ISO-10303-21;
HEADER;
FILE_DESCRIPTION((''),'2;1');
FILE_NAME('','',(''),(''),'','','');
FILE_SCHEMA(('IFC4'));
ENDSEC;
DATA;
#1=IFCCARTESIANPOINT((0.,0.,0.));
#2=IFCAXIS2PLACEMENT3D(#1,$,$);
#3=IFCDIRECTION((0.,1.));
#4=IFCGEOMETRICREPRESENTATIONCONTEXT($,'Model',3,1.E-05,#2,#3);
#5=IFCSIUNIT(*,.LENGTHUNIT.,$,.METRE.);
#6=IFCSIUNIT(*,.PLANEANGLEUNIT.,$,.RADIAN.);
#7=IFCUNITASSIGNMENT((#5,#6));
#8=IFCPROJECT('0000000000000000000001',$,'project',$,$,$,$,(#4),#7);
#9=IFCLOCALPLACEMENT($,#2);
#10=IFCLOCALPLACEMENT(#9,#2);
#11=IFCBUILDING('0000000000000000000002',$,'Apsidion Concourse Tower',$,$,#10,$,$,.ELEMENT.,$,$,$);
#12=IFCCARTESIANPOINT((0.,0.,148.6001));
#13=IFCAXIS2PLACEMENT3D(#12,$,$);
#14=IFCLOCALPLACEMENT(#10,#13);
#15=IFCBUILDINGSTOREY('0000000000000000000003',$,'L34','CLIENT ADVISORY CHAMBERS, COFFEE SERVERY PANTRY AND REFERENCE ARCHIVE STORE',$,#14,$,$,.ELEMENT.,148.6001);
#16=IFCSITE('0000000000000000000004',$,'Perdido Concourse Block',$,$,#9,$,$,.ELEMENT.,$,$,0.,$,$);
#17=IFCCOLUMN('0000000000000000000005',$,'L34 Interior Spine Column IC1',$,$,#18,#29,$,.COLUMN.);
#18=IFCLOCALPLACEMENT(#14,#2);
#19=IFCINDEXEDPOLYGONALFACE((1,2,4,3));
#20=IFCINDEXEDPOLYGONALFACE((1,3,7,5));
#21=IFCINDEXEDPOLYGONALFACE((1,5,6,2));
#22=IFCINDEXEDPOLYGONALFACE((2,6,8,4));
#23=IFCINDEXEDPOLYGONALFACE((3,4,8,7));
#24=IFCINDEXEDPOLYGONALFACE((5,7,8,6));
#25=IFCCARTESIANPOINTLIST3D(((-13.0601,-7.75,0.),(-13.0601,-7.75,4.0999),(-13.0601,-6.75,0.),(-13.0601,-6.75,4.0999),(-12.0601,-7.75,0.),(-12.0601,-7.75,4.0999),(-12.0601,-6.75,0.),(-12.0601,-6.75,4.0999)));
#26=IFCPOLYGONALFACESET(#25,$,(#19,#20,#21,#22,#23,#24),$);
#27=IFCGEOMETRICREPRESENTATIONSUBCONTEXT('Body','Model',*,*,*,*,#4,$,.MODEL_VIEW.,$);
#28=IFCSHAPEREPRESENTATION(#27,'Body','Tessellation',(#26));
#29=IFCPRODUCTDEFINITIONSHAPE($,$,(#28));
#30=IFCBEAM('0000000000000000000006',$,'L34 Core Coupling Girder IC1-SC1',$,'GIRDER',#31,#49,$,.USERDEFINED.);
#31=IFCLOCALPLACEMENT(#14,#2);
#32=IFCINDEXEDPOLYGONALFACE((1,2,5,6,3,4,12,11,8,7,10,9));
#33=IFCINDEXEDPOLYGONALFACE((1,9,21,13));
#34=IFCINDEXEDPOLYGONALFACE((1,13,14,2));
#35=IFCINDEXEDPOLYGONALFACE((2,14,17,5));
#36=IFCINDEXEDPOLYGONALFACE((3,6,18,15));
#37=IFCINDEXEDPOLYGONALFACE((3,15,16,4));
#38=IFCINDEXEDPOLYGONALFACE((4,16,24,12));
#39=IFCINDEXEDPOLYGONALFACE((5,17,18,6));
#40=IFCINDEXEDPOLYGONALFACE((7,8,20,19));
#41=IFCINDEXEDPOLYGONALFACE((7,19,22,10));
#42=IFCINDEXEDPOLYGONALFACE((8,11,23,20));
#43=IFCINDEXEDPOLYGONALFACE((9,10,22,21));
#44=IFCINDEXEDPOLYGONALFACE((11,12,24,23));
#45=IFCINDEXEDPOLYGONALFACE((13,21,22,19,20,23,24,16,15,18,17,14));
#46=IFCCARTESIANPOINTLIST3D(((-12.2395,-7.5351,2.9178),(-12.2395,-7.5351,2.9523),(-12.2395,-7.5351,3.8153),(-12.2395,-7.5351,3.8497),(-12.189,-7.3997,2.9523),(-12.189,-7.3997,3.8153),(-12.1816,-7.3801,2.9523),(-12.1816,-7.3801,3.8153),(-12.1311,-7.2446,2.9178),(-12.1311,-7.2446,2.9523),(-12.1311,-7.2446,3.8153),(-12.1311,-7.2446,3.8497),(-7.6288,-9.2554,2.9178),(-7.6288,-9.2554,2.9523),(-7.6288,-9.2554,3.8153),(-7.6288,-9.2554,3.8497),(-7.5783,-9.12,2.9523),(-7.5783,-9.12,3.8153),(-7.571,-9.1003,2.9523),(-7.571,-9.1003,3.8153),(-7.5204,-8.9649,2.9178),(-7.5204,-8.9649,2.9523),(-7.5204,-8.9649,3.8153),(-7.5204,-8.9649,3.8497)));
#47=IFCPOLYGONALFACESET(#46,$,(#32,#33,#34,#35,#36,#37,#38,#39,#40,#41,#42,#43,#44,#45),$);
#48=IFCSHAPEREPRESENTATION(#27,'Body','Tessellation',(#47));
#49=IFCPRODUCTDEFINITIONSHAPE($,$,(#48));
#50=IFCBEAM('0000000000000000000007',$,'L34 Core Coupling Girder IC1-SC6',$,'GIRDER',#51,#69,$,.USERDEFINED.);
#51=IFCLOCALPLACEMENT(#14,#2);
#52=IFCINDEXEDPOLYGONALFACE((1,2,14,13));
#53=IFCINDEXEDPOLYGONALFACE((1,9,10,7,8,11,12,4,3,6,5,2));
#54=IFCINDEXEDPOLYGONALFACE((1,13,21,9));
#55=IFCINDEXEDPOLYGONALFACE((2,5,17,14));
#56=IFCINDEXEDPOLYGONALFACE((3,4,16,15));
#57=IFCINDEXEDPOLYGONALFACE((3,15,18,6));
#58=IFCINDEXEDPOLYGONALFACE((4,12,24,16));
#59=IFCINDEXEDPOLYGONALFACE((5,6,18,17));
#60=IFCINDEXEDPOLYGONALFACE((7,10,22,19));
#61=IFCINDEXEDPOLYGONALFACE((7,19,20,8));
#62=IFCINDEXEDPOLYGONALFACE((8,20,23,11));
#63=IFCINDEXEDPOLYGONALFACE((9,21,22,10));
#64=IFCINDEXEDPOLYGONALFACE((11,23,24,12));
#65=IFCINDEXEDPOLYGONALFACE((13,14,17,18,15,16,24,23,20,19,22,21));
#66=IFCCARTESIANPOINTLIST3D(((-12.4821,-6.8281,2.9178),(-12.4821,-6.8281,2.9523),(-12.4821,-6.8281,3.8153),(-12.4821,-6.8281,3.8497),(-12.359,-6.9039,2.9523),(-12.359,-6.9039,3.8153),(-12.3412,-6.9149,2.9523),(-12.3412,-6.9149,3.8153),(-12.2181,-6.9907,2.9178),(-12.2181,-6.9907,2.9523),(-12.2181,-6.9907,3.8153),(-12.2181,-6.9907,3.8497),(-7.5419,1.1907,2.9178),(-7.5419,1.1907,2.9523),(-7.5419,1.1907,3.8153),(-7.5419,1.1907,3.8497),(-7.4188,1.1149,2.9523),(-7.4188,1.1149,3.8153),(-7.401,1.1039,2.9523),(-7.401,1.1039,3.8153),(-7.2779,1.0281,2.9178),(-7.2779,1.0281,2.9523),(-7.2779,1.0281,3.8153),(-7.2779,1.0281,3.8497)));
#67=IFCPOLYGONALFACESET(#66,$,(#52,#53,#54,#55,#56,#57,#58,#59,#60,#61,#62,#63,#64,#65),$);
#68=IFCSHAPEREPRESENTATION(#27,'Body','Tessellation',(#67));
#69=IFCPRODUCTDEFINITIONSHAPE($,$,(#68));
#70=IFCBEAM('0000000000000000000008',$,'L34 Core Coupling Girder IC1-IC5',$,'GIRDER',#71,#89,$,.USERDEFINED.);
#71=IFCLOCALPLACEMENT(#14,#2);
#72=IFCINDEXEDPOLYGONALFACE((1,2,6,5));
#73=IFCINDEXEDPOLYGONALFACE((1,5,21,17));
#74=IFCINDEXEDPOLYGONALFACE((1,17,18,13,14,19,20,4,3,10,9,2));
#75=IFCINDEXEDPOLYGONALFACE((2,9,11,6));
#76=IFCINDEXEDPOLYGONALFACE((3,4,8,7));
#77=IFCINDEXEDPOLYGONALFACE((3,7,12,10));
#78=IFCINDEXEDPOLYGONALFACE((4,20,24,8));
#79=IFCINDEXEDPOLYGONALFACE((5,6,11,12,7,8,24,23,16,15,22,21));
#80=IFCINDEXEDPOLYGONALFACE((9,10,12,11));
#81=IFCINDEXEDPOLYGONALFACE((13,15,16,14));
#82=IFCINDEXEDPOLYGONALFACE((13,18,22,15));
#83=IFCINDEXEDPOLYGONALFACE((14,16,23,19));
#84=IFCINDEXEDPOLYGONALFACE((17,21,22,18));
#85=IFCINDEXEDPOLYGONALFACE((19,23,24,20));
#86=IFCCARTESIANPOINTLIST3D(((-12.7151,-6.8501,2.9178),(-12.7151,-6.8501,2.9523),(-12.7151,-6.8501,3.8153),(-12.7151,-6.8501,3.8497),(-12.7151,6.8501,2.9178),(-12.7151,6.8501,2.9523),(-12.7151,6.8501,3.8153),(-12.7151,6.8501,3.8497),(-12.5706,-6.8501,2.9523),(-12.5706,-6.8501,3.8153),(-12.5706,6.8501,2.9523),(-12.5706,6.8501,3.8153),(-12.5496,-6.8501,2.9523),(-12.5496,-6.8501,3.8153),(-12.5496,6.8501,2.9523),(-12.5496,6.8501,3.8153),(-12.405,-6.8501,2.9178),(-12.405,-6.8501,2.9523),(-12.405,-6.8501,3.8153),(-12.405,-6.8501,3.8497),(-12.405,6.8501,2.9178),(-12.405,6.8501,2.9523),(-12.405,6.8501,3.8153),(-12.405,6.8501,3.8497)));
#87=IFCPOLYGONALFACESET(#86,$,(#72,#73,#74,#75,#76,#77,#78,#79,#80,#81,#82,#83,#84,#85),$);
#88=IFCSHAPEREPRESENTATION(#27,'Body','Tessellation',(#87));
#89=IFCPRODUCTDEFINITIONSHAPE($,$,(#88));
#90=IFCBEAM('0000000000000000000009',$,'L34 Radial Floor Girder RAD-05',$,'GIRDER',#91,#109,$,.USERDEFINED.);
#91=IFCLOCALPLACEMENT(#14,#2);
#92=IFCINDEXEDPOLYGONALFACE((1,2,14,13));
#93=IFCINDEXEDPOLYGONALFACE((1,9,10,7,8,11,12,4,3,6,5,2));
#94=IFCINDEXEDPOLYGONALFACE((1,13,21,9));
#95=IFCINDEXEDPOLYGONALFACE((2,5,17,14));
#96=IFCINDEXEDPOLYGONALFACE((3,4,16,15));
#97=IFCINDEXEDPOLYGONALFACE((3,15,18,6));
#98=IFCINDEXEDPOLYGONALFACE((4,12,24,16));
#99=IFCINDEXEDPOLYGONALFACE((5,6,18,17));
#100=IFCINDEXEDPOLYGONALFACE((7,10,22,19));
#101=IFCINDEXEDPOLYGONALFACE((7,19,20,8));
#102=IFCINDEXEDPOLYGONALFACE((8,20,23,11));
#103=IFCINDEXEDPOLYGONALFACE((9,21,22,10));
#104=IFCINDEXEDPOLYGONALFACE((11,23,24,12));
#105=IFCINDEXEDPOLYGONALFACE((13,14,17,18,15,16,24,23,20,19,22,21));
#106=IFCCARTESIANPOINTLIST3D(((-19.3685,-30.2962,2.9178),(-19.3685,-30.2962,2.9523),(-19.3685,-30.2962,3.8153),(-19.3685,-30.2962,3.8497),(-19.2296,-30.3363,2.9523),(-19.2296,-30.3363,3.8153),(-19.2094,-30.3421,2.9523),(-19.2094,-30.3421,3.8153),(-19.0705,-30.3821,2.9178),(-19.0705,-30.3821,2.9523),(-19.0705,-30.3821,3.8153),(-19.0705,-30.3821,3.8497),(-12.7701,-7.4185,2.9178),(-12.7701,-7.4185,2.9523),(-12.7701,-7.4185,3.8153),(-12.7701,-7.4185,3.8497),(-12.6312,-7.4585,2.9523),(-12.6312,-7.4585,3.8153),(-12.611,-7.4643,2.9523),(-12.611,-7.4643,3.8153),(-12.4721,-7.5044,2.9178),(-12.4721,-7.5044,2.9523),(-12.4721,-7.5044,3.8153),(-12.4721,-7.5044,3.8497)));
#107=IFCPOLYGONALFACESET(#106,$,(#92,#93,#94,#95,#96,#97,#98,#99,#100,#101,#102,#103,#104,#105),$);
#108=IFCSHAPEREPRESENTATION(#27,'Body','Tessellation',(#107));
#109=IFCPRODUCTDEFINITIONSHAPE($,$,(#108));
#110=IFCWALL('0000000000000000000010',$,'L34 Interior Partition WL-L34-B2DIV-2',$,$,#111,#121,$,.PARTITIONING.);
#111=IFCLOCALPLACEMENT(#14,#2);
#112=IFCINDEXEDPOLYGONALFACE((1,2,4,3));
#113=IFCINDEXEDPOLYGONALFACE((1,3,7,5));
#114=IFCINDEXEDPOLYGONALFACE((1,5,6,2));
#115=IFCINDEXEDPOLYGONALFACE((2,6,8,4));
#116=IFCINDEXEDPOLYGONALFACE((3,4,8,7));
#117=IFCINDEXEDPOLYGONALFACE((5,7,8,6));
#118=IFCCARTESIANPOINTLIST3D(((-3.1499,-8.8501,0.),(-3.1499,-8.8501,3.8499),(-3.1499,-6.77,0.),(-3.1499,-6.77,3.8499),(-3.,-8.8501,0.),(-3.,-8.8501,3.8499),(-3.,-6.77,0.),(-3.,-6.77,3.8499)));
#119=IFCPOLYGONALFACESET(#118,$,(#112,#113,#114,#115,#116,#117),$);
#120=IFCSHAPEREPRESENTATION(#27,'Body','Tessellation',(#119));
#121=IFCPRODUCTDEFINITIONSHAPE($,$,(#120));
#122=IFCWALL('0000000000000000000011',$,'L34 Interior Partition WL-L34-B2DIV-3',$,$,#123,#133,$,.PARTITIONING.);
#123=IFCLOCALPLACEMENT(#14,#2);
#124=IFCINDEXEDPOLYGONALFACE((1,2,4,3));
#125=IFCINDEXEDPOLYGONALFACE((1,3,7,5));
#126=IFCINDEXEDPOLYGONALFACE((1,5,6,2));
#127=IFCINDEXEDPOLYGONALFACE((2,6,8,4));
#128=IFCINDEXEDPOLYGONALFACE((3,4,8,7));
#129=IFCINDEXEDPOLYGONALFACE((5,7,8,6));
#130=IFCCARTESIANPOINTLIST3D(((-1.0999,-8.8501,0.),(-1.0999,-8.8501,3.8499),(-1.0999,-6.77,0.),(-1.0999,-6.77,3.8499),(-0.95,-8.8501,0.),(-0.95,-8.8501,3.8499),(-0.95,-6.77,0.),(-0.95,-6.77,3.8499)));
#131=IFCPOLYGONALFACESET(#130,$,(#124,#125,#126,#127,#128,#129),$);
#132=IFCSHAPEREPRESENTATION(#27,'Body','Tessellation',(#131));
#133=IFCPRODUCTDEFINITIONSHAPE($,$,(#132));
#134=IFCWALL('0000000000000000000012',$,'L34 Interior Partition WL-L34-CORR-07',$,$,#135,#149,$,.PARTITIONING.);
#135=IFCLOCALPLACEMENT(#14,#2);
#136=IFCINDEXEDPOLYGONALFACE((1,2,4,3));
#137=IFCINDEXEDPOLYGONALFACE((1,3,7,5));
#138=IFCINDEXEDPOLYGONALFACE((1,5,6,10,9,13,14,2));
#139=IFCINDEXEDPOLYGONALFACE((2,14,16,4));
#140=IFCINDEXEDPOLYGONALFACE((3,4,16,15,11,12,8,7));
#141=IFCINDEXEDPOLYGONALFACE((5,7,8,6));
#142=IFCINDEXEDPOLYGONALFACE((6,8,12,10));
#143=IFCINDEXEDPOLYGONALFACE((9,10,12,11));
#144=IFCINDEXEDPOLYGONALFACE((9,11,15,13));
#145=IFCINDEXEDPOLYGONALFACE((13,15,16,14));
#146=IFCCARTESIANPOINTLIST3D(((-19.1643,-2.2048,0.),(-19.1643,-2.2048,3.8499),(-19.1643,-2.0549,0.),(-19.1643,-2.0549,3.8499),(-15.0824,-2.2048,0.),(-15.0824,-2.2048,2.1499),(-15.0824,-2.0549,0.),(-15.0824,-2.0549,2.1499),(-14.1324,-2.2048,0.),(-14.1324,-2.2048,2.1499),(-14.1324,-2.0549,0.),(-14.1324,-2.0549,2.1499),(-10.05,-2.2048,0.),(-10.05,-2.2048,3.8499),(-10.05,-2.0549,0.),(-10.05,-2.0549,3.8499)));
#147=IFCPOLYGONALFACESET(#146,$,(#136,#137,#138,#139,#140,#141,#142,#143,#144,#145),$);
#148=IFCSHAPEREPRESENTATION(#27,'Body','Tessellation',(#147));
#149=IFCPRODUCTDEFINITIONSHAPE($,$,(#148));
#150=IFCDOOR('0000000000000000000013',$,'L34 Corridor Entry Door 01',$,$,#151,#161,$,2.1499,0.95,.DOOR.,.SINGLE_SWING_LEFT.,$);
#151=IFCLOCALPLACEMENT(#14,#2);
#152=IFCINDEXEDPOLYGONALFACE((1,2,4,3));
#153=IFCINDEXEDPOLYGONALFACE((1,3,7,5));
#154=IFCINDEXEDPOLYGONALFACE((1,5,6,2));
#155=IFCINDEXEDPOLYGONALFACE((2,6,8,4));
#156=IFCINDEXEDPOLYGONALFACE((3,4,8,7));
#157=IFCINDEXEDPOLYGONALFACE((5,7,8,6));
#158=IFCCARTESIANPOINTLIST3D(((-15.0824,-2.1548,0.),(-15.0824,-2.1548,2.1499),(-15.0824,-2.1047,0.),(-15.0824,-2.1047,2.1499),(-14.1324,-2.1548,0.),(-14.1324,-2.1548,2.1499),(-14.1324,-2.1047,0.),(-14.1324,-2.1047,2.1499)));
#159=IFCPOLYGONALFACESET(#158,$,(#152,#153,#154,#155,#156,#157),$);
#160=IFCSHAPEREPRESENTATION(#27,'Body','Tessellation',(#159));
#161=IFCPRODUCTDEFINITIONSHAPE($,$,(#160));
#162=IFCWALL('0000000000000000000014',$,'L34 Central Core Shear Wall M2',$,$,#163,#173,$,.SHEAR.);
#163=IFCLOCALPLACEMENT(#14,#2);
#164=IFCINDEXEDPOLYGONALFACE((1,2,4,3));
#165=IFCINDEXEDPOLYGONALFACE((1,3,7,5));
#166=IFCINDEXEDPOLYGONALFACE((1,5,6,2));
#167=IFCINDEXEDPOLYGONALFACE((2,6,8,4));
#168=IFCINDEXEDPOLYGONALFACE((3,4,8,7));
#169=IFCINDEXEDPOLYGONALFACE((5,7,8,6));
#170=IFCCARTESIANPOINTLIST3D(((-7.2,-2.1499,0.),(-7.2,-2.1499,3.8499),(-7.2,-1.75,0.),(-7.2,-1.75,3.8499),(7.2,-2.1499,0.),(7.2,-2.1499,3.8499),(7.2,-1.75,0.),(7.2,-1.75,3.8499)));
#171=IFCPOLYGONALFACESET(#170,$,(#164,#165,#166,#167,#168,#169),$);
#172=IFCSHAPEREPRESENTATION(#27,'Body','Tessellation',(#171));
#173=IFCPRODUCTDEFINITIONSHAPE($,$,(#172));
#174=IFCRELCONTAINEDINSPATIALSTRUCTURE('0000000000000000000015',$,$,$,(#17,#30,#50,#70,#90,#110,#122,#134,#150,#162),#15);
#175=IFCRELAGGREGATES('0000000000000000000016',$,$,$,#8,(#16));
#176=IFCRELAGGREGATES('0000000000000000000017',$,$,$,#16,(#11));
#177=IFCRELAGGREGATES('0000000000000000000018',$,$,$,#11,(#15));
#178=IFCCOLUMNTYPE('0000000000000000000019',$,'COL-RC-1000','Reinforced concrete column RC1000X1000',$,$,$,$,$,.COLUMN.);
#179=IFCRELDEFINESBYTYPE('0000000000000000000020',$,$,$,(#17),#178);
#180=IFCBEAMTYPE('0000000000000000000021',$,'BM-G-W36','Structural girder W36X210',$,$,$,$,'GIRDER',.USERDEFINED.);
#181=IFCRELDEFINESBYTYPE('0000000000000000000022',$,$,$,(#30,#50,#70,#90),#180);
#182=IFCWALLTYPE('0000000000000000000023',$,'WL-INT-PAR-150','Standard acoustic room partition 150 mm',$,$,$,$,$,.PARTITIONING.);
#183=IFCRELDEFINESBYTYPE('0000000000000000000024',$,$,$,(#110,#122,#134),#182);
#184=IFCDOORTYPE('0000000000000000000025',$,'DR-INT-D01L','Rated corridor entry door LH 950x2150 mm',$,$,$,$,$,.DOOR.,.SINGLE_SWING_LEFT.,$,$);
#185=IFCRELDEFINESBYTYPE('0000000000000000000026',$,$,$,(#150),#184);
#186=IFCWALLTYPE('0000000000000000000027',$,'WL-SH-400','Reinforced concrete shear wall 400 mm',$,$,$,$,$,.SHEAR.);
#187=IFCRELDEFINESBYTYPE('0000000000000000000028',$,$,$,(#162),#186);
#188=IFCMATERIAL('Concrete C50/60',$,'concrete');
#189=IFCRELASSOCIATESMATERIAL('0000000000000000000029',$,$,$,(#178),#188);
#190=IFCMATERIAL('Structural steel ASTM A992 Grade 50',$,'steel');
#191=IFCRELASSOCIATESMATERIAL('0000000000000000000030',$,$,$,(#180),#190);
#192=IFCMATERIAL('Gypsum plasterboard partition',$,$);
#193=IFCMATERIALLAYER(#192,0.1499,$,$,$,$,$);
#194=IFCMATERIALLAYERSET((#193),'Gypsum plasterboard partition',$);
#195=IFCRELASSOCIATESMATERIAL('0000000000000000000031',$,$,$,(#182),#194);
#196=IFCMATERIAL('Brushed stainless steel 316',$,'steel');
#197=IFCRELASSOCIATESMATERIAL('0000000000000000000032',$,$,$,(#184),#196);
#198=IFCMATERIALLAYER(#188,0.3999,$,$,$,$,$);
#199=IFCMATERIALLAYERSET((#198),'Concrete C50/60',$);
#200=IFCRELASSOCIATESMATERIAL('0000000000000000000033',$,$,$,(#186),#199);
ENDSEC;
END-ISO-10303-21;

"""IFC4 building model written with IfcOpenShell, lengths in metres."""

from ifc_helpers import new_model, si_unit, direction, frame, frame_2d, origin, origin_2d, place, context, subcontext, project, spatial, rectangle, i_section, extrude, material, layer, layer_set, material_profile, profile_set, type_object, element, fill, save


model = new_model("IFC4")

# Units and contexts
model_context = context("Model", 3, precision=1e-05, world=origin(), true_north=direction((0.0, 1.0)))
body_context = subcontext(model_context, "Body", "Model", "MODEL_VIEW")
ifc_project = project(units=[si_unit("LENGTHUNIT", "METRE"), si_unit("PLANEANGLEUNIT", "RADIAN")], contexts=[model_context])

# Site, building, storey
site_placement = place(None, origin())
site = spatial("IfcSite", under=ifc_project, at=site_placement, Name="Perdido Concourse Block", CompositionType="ELEMENT", RefElevation=0.0)
building_placement = place(site_placement, origin())
building = spatial("IfcBuilding", under=site, at=building_placement, Name="Apsidion Concourse Tower", CompositionType="ELEMENT")
storey_placement = place(building_placement, frame((0.0, 0.0, 148.6001)))
storey = spatial("IfcBuildingStorey", under=building, at=storey_placement, Name="L34", Description="CLIENT ADVISORY CHAMBERS, COFFEE SERVERY PANTRY AND REFERENCE ARCHIVE STORE", CompositionType="ELEMENT", Elevation=148.6001)

# Column
ifc_material_1 = material(Name="Concrete C50/60", Category="concrete")
ifc_material_profile_1 = material_profile(ifc_material_1, rectangle(XDim=1.0, YDim=1.0, at=origin_2d()), Name="RC 1000x1000")
ifc_profile_set_1 = profile_set([ifc_material_profile_1], Name="Concrete C50/60")
column_type = type_object("IfcColumnType", Name="COL-RC-1000", Description="Reinforced concrete column RC1000X1000", PredefinedType="COLUMN", material=ifc_profile_set_1)
column_placement = place(storey_placement, frame((-12.5601, -7.25, 0.0), z_axis=(0.0, 0.0, 1.0), x_axis=(1.0, 0.0, 0.0)))
element("IfcColumn", 1, at=column_placement, inside=storey, type_object=column_type, Name="L34 Interior Spine Column IC1", PredefinedType="COLUMN", context=body_context, shape_type="SweptSolid", body=[
    extrude(rectangle(XDim=1.0, YDim=1.0, at=origin_2d()), origin(), (0.0, 0.0, 1.0), 4.0999),
])

# Beams
ifc_material_2 = material(Name="Structural steel ASTM A992 Grade 50", Category="steel")
ifc_material_profile_2 = material_profile(ifc_material_2, i_section(OverallWidth=0.3101, OverallDepth=0.9319, WebThickness=0.021, FlangeThickness=0.0344, at=origin_2d()), Name="W36X210")
ifc_profile_set_2 = profile_set([ifc_material_profile_2], Name="Structural steel ASTM A992 Grade 50")
beam_type = type_object("IfcBeamType", Name="BM-G-W36", Description="Structural girder W36X210", ElementType="GIRDER", PredefinedType="USERDEFINED", material=ifc_profile_set_2)
beam_1_placement = place(storey_placement, frame((-12.1853, -7.3899, 3.3838), z_axis=(0.936913, -0.349563, 0.0), x_axis=(0.349563, 0.936913, 0.0)))
element("IfcBeam", 2, at=beam_1_placement, inside=storey, type_object=beam_type, Name="L34 Core Coupling Girder IC1-SC1", ObjectType="GIRDER", PredefinedType="USERDEFINED", context=body_context, shape_type="SweptSolid", body=[
    extrude(i_section(OverallWidth=0.3101, OverallDepth=0.9319, WebThickness=0.021, FlangeThickness=0.0344, at=origin_2d()), origin(), (0.0, 0.0, 1.0), 4.9211),
])
beam_2_placement = place(storey_placement, frame((-12.3501, -6.9094, 3.3838), z_axis=(0.524524, 0.851396, 0.0), x_axis=(-0.851396, 0.524524, 0.0)))
element("IfcBeam", 3, at=beam_2_placement, inside=storey, type_object=beam_type, Name="L34 Core Coupling Girder IC1-SC6", ObjectType="GIRDER", PredefinedType="USERDEFINED", context=body_context, shape_type="SweptSolid", body=[
    extrude(i_section(OverallWidth=0.3101, OverallDepth=0.9319, WebThickness=0.021, FlangeThickness=0.0344, at=origin_2d()), origin(), (0.0, 0.0, 1.0), 9.4185),
])
beam_3_placement = place(storey_placement, frame((-12.5601, -6.8501, 3.3838), z_axis=(0.0, 1.0, 0.0), x_axis=(-1.0, 0.0, 0.0)))
element("IfcBeam", 4, at=beam_3_placement, inside=storey, type_object=beam_type, Name="L34 Core Coupling Girder IC1-IC5", ObjectType="GIRDER", PredefinedType="USERDEFINED", context=body_context, shape_type="SweptSolid", body=[
    extrude(i_section(OverallWidth=0.3101, OverallDepth=0.9319, WebThickness=0.021, FlangeThickness=0.0344, at=origin_2d()), origin(), (0.0, 0.0, 1.0), 13.7002),
])
beam_4_placement = place(storey_placement, frame((-12.6211, -7.4614, 3.3838), z_axis=(-0.277124, -0.960834, 0.0), x_axis=(0.960834, -0.277124, 0.0)))
element("IfcBeam", 5, at=beam_4_placement, inside=storey, type_object=beam_type, Name="L34 Radial Floor Girder RAD-05", ObjectType="GIRDER", PredefinedType="USERDEFINED", context=body_context, shape_type="SweptSolid", body=[
    extrude(i_section(OverallWidth=0.3101, OverallDepth=0.9319, WebThickness=0.021, FlangeThickness=0.0344, at=origin_2d()), origin(), (0.0, 0.0, 1.0), 23.8103),
])

# Walls
ifc_material_3 = material(Name="Gypsum plasterboard partition")
ifc_layer_1 = layer(ifc_material_3, 0.1499)
ifc_layer_set_1 = layer_set([ifc_layer_1], Name="Gypsum plasterboard partition")
wall_type_1 = type_object("IfcWallType", Name="WL-INT-PAR-150", Description="Standard acoustic room partition 150 mm", PredefinedType="PARTITIONING", material=ifc_layer_set_1)
for number, where, z_axis, x_axis, name in (
    (6, (-3.075, -8.8501, 0.0), (0.0, 0.0, 1.0), (0.0, 1.0, 0.0), "L34 Interior Partition WL-L34-B2DIV-2"),
    (7, (-1.0249, -8.8501, 0.0), (0.0, 0.0, 1.0), (0.0, 1.0, 0.0), "L34 Interior Partition WL-L34-B2DIV-3"),
):
    element("IfcWall", number, at=place(storey_placement, frame(where, z_axis=z_axis, x_axis=x_axis)), inside=storey, type_object=wall_type_1, Name=name, PredefinedType="PARTITIONING", context=body_context, shape_type="SweptSolid", body=[
        extrude(rectangle(XDim=2.0801, YDim=0.1499, at=frame_2d((1.04, 0.0))), origin(), (0.0, 0.0, 1.0), 3.8499),
    ])

# Wall, opening, door
wall_1_placement = place(storey_placement, frame((-10.05, -2.1299, 0.0), z_axis=(0.0, 0.0, 1.0), x_axis=(-1.0, 0.0, 0.0)))
wall_1 = element("IfcWall", 8, at=wall_1_placement, inside=storey, type_object=wall_type_1, Name="L34 Interior Partition WL-L34-CORR-07", PredefinedType="PARTITIONING", context=body_context, shape_type="SweptSolid", body=[
    extrude(rectangle(XDim=9.1143, YDim=0.1499, at=frame_2d((4.5571, 0.0))), origin(), (0.0, 0.0, 1.0), 3.8499),
])
opening_1_placement = place(wall_1_placement, frame((4.0823, 0.0, 0.0)))
opening_1 = element("IfcOpeningElement", 9, at=opening_1_placement, cuts=wall_1, PredefinedType="OPENING", context=body_context, shape_type="SweptSolid", body=[
    extrude(rectangle(XDim=0.95, YDim=2.1499, at=frame_2d((0.4751, 1.075))), frame((0.0, 0.085, 0.0), z_axis=(0.0, -1.0, 0.0), x_axis=(1.0, 0.0, 0.0)), (0.0, 0.0, 1.0), 0.1699),
])
ifc_material_4 = material(Name="Brushed stainless steel 316", Category="steel")
door_type_1 = type_object("IfcDoorType", Name="DR-INT-D01L", Description="Rated corridor entry door LH 950x2150 mm", OperationType="SINGLE_SWING_LEFT", PredefinedType="DOOR", material=ifc_material_4)
door_1_placement = place(opening_1_placement, origin())
door_1 = element("IfcDoor", 10, at=door_1_placement, inside=storey, type_object=door_type_1, Name="L34 Corridor Entry Door 01", OperationType="SINGLE_SWING_LEFT", OverallHeight=2.1499, OverallWidth=0.95, PredefinedType="DOOR", context=body_context, shape_type="SweptSolid", body=[
    extrude(rectangle(XDim=0.95, YDim=2.1499, at=frame_2d((0.4751, 1.075))), frame((0.0, 0.0249, 0.0), z_axis=(0.0, -1.0, 0.0), x_axis=(1.0, 0.0, 0.0)), (0.0, 0.0, 1.0), 0.05),
])
fill(opening_1, door_1)

# Wall
ifc_layer_2 = layer(ifc_material_1, 0.3999)
ifc_layer_set_2 = layer_set([ifc_layer_2], Name="Concrete C50/60")
wall_type_2 = type_object("IfcWallType", Name="WL-SH-400", Description="Reinforced concrete shear wall 400 mm", PredefinedType="SHEAR", material=ifc_layer_set_2)
wall_2_placement = place(storey_placement, frame((-7.2, -1.95, 0.0), z_axis=(0.0, 0.0, 1.0), x_axis=(1.0, 0.0, 0.0)))
element("IfcWall", 11, at=wall_2_placement, inside=storey, type_object=wall_type_2, Name="L34 Central Core Shear Wall M2", PredefinedType="SHEAR", context=body_context, shape_type="SweptSolid", body=[
    extrude(rectangle(XDim=14.3999, YDim=0.3999, at=frame_2d((7.2, 0.0))), origin(), (0.0, 0.0, 1.0), 3.8499),
])

save(model, "model.ifc")
